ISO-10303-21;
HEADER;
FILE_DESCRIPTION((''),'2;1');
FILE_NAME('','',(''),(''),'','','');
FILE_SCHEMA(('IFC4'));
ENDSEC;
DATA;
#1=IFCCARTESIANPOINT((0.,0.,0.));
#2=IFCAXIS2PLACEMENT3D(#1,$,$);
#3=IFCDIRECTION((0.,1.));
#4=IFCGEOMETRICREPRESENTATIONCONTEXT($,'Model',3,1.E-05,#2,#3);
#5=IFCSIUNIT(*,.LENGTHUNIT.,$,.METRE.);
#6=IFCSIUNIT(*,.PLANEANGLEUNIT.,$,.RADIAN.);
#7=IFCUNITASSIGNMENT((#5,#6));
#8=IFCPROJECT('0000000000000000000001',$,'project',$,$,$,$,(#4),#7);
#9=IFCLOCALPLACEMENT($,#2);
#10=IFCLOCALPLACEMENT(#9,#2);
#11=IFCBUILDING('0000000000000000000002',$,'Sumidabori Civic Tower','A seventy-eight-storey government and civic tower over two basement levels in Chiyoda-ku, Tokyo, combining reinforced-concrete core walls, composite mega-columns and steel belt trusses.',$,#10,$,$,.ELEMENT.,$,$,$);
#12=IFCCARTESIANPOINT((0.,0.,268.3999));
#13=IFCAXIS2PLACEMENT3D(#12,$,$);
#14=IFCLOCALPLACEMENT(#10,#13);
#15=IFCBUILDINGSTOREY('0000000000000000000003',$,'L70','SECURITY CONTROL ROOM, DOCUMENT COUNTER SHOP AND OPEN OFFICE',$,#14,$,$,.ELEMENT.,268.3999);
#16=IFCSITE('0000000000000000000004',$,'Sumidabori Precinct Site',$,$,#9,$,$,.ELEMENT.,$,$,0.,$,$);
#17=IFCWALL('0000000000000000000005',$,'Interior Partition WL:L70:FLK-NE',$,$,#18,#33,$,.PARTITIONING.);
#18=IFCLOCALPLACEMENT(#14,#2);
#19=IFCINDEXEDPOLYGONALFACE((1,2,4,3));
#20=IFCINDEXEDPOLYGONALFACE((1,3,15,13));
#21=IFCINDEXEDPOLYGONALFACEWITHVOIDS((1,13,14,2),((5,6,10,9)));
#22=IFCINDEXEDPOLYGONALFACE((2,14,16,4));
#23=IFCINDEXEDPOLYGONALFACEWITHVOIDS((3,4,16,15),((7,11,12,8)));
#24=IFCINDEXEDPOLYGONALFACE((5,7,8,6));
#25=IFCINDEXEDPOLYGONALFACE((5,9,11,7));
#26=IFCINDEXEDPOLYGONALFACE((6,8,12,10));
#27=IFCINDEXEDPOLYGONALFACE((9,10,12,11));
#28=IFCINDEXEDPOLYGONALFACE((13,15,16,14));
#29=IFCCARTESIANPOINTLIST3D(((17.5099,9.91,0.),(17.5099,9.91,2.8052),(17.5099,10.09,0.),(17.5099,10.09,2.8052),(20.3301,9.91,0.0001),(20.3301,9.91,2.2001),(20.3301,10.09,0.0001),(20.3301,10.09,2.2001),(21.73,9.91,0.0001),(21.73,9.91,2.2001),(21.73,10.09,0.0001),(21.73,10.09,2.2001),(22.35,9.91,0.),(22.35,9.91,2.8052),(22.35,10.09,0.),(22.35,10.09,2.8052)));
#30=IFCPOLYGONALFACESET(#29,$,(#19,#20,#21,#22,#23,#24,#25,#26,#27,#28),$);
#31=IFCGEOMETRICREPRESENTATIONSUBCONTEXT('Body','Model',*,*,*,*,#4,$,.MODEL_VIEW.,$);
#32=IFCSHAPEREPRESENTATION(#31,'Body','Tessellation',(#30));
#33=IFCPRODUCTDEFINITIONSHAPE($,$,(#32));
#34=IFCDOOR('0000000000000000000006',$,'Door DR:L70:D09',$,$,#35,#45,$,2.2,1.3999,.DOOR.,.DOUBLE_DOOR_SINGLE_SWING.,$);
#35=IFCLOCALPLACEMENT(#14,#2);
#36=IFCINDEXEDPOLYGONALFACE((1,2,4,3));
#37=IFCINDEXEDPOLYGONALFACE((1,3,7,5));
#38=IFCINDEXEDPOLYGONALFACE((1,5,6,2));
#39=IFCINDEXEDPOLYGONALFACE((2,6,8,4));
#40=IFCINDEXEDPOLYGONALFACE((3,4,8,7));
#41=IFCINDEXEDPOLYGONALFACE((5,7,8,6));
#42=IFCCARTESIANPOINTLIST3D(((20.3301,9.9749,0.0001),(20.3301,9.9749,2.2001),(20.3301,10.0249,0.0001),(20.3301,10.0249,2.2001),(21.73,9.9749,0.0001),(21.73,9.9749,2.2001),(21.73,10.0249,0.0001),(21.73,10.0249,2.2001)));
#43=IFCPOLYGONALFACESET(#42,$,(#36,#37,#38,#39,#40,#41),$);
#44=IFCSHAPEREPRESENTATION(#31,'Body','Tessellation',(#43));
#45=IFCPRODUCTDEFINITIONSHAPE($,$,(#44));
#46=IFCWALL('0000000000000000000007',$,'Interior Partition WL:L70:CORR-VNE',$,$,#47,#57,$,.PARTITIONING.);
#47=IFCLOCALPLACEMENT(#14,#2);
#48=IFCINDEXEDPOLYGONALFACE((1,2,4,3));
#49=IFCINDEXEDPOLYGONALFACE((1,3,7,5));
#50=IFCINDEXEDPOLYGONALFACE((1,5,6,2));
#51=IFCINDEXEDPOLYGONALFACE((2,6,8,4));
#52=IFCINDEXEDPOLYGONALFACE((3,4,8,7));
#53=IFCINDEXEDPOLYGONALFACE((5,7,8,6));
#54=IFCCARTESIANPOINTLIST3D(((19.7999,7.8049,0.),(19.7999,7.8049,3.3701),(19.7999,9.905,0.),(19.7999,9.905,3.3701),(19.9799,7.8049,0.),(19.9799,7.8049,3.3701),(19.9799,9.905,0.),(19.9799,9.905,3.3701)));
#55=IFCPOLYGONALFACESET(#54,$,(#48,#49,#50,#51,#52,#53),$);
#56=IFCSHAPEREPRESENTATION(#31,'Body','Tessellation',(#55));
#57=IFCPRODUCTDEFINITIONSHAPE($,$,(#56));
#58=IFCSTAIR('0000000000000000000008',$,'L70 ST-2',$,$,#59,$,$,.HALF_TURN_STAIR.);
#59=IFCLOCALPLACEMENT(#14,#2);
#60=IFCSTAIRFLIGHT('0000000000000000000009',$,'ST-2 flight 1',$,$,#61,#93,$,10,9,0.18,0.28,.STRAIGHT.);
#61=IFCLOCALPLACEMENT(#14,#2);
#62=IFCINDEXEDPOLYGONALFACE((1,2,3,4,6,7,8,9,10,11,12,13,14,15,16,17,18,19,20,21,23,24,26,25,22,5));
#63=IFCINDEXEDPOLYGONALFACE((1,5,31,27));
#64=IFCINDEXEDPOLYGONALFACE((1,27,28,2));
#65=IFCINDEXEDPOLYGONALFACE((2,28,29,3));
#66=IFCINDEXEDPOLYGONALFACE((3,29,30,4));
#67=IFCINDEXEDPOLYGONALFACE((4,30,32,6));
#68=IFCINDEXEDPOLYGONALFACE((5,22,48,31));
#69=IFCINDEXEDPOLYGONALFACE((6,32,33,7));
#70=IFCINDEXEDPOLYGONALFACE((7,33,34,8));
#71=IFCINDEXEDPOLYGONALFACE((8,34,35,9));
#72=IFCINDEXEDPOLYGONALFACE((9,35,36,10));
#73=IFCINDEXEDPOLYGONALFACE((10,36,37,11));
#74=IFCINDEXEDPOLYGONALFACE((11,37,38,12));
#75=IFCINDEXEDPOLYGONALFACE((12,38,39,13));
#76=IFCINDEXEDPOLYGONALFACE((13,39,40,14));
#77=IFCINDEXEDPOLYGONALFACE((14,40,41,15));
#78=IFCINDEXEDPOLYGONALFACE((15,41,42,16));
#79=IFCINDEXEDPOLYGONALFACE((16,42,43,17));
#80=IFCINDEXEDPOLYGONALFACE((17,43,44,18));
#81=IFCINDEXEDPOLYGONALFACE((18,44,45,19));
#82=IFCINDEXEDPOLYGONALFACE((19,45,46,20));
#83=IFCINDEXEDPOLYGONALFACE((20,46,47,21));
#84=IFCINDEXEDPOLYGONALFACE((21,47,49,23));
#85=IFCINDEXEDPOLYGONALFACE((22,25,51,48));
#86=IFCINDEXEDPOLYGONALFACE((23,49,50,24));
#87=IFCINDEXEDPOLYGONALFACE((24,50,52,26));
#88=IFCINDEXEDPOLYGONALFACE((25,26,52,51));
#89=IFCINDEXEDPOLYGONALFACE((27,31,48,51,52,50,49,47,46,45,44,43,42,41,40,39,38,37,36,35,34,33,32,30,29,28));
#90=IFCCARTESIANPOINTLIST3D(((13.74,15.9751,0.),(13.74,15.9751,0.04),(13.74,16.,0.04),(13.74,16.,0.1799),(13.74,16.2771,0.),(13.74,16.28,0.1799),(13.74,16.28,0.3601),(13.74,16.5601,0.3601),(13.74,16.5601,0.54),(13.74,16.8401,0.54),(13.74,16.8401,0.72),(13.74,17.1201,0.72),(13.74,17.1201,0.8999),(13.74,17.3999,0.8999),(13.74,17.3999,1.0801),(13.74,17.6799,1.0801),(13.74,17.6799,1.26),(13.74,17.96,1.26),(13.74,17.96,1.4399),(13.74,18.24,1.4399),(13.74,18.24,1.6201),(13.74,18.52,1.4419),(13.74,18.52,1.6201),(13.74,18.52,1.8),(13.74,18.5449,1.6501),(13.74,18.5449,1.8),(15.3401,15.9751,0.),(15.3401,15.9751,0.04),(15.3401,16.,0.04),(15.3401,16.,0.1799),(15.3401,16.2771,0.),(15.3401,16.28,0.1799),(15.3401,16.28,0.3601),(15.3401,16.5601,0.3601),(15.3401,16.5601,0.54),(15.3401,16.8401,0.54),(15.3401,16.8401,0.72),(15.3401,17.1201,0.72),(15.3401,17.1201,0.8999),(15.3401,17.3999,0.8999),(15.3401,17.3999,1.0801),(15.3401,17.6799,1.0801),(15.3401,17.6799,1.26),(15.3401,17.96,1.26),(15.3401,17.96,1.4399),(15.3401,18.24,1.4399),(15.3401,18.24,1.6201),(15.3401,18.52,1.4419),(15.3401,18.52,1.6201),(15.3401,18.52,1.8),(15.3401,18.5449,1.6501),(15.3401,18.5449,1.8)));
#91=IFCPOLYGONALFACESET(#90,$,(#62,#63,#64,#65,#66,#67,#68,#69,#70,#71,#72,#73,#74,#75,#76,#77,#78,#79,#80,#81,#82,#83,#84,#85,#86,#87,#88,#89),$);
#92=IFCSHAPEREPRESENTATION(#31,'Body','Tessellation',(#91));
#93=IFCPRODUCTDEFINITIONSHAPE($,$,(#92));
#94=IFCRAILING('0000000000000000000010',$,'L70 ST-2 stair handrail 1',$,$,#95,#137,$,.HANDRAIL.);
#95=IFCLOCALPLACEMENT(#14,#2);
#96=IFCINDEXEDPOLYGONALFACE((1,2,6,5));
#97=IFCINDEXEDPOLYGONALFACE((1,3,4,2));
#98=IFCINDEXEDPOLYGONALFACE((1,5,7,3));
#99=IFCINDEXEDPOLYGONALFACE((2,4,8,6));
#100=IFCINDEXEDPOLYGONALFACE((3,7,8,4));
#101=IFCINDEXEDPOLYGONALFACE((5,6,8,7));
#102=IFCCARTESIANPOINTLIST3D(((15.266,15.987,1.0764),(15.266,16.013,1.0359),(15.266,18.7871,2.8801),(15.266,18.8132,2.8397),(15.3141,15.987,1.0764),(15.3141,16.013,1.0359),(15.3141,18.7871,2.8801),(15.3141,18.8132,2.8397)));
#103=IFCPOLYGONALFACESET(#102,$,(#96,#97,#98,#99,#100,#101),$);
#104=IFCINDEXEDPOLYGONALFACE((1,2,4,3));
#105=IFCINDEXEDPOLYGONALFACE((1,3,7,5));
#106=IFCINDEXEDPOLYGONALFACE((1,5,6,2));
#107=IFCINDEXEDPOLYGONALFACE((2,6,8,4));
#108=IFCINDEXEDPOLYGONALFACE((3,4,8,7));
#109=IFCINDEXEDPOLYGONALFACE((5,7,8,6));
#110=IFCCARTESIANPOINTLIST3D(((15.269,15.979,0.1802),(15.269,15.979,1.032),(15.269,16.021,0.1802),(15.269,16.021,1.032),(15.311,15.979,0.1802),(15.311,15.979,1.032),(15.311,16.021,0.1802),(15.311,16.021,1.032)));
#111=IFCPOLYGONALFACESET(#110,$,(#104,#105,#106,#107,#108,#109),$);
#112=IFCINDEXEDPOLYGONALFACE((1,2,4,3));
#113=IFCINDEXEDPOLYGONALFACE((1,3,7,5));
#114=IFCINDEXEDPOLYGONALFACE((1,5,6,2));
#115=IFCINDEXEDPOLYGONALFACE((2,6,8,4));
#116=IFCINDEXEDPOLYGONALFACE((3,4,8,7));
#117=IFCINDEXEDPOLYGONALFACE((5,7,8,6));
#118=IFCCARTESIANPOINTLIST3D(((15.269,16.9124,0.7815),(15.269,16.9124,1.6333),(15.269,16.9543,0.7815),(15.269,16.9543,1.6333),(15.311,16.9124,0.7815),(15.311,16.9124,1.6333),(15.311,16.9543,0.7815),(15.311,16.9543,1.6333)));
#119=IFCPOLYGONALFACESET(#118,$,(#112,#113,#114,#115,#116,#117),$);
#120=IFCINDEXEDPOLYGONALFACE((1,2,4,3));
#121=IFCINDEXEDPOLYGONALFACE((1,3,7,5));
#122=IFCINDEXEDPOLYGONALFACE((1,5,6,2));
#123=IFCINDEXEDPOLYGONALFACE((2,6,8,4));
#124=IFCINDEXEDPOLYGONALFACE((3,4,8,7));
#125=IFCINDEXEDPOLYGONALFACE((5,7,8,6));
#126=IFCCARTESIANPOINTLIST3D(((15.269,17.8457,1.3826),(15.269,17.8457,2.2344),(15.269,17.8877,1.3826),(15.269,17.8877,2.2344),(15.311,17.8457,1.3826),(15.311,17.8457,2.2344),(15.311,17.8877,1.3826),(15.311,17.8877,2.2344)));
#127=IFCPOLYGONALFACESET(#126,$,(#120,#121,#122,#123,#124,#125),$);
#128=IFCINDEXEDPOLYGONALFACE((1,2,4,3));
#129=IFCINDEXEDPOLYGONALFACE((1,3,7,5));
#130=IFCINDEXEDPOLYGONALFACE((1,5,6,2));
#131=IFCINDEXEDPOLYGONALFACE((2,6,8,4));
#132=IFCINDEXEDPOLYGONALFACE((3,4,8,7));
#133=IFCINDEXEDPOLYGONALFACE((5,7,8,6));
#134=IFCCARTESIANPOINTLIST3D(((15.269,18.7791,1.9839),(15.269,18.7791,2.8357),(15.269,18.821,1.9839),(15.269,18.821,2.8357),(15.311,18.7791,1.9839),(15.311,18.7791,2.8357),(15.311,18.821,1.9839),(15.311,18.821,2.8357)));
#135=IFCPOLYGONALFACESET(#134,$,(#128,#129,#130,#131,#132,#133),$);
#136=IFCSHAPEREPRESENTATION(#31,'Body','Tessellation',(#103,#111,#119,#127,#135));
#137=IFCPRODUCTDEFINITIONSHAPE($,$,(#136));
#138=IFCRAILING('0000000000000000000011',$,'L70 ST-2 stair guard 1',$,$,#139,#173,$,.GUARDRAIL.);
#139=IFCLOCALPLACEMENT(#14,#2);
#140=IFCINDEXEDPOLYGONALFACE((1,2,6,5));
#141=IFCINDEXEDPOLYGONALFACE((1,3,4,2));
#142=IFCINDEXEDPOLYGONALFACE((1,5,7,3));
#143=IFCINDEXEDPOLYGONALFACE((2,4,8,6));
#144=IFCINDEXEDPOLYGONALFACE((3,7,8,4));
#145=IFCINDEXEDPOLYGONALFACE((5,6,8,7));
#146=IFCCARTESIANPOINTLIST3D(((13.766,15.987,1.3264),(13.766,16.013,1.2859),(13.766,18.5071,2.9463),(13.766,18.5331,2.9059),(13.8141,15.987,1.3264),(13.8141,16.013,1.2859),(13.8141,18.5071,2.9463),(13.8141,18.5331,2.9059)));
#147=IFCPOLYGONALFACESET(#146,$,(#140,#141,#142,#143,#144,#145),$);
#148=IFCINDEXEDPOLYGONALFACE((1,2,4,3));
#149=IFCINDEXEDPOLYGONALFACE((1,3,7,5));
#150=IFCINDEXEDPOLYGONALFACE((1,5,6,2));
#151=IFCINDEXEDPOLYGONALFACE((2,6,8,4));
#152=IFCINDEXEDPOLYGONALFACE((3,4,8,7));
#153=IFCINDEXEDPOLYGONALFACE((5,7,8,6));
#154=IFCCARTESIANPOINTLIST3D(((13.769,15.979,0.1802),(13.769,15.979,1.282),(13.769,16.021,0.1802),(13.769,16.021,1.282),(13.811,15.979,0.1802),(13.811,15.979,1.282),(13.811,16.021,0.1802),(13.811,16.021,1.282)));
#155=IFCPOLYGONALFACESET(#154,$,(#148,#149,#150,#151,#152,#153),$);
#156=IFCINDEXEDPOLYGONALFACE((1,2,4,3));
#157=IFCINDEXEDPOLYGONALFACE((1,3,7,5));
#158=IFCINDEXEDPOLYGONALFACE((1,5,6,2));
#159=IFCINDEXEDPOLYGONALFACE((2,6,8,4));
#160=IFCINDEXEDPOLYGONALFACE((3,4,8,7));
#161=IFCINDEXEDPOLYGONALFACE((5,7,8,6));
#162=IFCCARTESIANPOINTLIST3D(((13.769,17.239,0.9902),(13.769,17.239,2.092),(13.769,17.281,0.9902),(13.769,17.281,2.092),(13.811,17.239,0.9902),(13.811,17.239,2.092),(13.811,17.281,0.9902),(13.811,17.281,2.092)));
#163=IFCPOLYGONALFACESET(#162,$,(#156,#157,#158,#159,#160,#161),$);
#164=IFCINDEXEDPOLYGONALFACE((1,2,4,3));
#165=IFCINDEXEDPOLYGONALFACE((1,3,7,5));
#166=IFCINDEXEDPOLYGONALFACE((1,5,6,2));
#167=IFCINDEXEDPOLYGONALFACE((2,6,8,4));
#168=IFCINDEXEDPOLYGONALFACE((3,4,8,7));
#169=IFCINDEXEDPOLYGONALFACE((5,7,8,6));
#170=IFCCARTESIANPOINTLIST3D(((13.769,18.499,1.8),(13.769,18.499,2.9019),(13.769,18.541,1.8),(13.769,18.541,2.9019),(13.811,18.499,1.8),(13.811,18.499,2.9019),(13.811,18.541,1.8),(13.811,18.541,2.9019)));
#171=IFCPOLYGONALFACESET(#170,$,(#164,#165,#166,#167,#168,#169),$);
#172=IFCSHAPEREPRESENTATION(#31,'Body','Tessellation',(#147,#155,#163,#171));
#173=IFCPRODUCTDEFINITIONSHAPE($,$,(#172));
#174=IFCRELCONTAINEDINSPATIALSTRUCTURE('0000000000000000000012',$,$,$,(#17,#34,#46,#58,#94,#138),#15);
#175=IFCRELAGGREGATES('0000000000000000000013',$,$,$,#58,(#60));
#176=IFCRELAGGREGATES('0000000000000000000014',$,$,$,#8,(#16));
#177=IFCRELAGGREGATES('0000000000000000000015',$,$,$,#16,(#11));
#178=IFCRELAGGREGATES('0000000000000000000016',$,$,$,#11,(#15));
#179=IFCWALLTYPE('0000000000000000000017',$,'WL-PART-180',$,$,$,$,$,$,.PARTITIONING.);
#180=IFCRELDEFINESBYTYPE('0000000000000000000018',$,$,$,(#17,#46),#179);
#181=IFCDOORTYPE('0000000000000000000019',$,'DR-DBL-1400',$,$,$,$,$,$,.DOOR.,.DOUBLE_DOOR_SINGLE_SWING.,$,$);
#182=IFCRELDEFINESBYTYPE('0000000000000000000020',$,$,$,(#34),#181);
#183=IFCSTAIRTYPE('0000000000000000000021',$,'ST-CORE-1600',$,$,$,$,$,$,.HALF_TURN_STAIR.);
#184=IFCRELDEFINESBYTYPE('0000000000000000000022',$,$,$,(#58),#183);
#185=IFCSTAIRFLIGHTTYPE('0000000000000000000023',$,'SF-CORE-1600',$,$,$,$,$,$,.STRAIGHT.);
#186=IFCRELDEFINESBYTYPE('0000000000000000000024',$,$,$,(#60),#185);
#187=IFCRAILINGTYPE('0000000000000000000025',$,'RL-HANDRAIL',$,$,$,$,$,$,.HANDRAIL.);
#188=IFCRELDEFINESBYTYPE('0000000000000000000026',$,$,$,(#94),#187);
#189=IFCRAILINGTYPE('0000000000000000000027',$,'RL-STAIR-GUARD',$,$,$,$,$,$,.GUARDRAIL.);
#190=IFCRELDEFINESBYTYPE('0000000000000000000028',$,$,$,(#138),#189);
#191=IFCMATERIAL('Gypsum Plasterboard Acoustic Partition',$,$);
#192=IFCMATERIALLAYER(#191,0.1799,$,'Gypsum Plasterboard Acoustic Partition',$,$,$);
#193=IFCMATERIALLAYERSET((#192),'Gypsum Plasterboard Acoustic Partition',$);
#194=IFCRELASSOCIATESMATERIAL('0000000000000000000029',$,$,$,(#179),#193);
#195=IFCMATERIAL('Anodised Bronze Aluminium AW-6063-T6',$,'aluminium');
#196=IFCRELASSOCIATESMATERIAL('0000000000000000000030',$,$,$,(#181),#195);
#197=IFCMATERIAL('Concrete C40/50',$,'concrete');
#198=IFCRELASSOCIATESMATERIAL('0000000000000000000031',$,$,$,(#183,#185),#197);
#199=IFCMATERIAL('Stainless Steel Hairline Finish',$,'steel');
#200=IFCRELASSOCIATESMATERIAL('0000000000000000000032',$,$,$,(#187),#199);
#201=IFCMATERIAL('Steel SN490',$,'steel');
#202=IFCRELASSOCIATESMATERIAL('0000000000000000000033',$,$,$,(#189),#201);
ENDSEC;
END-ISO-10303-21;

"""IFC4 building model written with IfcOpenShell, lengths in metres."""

from ifc_helpers import new_model, si_unit, direction, frame, frame_2d, origin, origin_2d, place, context, subcontext, project, spatial, polyline, rectangle, outline, extrude, source, transform, mapped, material, layer, layer_set, type_object, element, fill, aggregate, save


model = new_model("IFC4")

# Units and contexts
model_context = context("Model", 3, precision=1e-05, world=origin(), true_north=direction((0.0, 1.0)))
body_context = subcontext(model_context, "Body", "Model", "MODEL_VIEW")
ifc_project = project(units=[si_unit("LENGTHUNIT", "METRE"), si_unit("PLANEANGLEUNIT", "RADIAN")], contexts=[model_context])

# Site, building, storey
site_placement = place(None, origin())
site = spatial("IfcSite", under=ifc_project, at=site_placement, Name="Sumidabori Precinct Site", CompositionType="ELEMENT", RefElevation=0.0)
building_placement = place(site_placement, origin())
building = spatial("IfcBuilding", under=site, at=building_placement, Name="Sumidabori Civic Tower", Description="A seventy-eight-storey government and civic tower over two basement levels in Chiyoda-ku, Tokyo, combining reinforced-concrete core walls, composite mega-columns and steel belt trusses.", CompositionType="ELEMENT")
storey_placement = place(building_placement, frame((0.0, 0.0, 268.3999)))
storey = spatial("IfcBuildingStorey", under=building, at=storey_placement, Name="L70", Description="SECURITY CONTROL ROOM, DOCUMENT COUNTER SHOP AND OPEN OFFICE", CompositionType="ELEMENT", Elevation=268.3999)

# Shared definitions
ifc_material_1 = material(Name="Steel SN490", Category="steel")

# Shared definitions
ifc_material_2 = material(Name="Anodised Bronze Aluminium AW-6063-T6", Category="aluminium")

# Shared definitions
ifc_material_3 = material(Name="Stainless Steel Hairline Finish", Category="steel")

# Shared definitions
ifc_material_4 = material(Name="Gypsum Plasterboard Acoustic Partition")

# Wall, opening, door
ifc_layer_1 = layer(ifc_material_4, 0.1799, Name="Gypsum Plasterboard Acoustic Partition")
ifc_layer_set_1 = layer_set([ifc_layer_1], Name="Gypsum Plasterboard Acoustic Partition")
wall_type_1 = type_object("IfcWallType", Name="WL-PART-180", PredefinedType="PARTITIONING", material=ifc_layer_set_1)
shared_shape_1 = source(origin(), body_context, "Body", "SweptSolid", [
    extrude(rectangle(XDim=4.8401, YDim=0.1799, at=frame_2d((2.4199, 0.0))), origin(), (0.0, 0.0, 1.0), 2.8052),
])
wall_1_placement = place(storey_placement, frame((17.51, 10.0, 0.0), z_axis=(0.0, 0.0, 1.0), x_axis=(1.0, 0.0, 0.0)))
wall_1 = element("IfcWall", 1, at=wall_1_placement, inside=storey, type_object=wall_type_1, Name="Interior Partition WL:L70:FLK-NE", PredefinedType="PARTITIONING", context=body_context, shape_type="MappedRepresentation", body=[
    mapped(shared_shape_1, transform((0.0, 0.0, 0.0), x_axis=(1.0, 0.0, 0.0), y_axis=(0.0, 1.0, 0.0), z_axis=(0.0, 0.0, 1.0), scale=1.0)),
])
opening_1_placement = place(wall_1_placement, frame((2.8201, 0.0, 0.0)))
opening_1 = element("IfcOpeningElement", 2, at=opening_1_placement, cuts=wall_1, PredefinedType="OPENING", context=body_context, shape_type="SweptSolid", body=[
    extrude(rectangle(XDim=1.3999, YDim=2.2, at=frame_2d((0.7, 1.1001))), frame((0.0, 0.1021, 0.0), z_axis=(0.0, -1.0, 0.0), x_axis=(1.0, 0.0, 0.0)), (0.0, 0.0, 1.0), 0.2039),
])
door_type_1 = type_object("IfcDoorType", Name="DR-DBL-1400", OperationType="DOUBLE_DOOR_SINGLE_SWING", PredefinedType="DOOR", material=ifc_material_2)
shared_shape_2 = source(origin(), body_context, "Body", "SweptSolid", [
    extrude(rectangle(XDim=1.3999, YDim=2.2, at=frame_2d((0.7, 1.1001))), frame((0.0, 0.0249, 0.0), z_axis=(0.0, -1.0, 0.0), x_axis=(1.0, 0.0, 0.0)), (0.0, 0.0, 1.0), 0.05),
])
door_1_placement = place(opening_1_placement, origin())
door_1 = element("IfcDoor", 3, at=door_1_placement, inside=storey, type_object=door_type_1, Name="Door DR:L70:D09", OperationType="DOUBLE_DOOR_SINGLE_SWING", OverallHeight=2.2, OverallWidth=1.3999, PredefinedType="DOOR", context=body_context, shape_type="MappedRepresentation", body=[
    mapped(shared_shape_2, transform((0.0, 0.0, 0.0), x_axis=(1.0, 0.0, 0.0), y_axis=(0.0, 1.0, 0.0), z_axis=(0.0, 0.0, 1.0), scale=1.0)),
])
fill(opening_1, door_1)

# Wall
shared_shape_3 = source(origin(), body_context, "Body", "SweptSolid", [
    extrude(rectangle(XDim=2.1001, YDim=0.1799, at=frame_2d((1.05, 0.0))), origin(), (0.0, 0.0, 1.0), 3.3701),
])
wall_2_placement = place(storey_placement, frame((19.8899, 7.8049, 0.0), z_axis=(0.0, 0.0, 1.0), x_axis=(0.0, 1.0, 0.0)))
element("IfcWall", 4, at=wall_2_placement, inside=storey, type_object=wall_type_1, Name="Interior Partition WL:L70:CORR-VNE", PredefinedType="PARTITIONING", context=body_context, shape_type="MappedRepresentation", body=[
    mapped(shared_shape_3, transform((0.0, 0.0, 0.0), x_axis=(1.0, 0.0, 0.0), y_axis=(0.0, 1.0, 0.0), z_axis=(0.0, 0.0, 1.0), scale=1.0)),
])

# Stair, stair flight
ifc_material_5 = material(Name="Concrete C40/50", Category="concrete")
stair_type = type_object("IfcStairType", Name="ST-CORE-1600", PredefinedType="HALF_TURN_STAIR", material=ifc_material_5)
stair_placement = place(storey_placement, origin())
stair = element("IfcStair", 5, at=stair_placement, inside=storey, type_object=stair_type, Name="L70 ST-2", PredefinedType="HALF_TURN_STAIR")
stair_flight_type = type_object("IfcStairFlightType", Name="SF-CORE-1600", PredefinedType="STRAIGHT", material=ifc_material_5)
shared_shape_4 = source(origin(), body_context, "Body", "SweptSolid", [
    extrude(outline(polyline([(-0.0249, 0.0), (-0.0249, 0.04), (0.0, 0.04), (0.0, 0.1799), (0.28, 0.1799), (0.28, 0.3601), (0.5601, 0.3601), (0.5601, 0.54), (0.8401, 0.54), (0.8401, 0.72), (1.1201, 0.72), (1.1201, 0.8999), (1.3999, 0.8999), (1.3999, 1.0801), (1.6799, 1.0801), (1.6799, 1.26), (1.96, 1.26), (1.96, 1.4399), (2.24, 1.4399), (2.24, 1.6201), (2.52, 1.6201), (2.52, 1.8), (2.5449, 1.8), (2.5449, 1.6501), (2.52, 1.4419), (0.2771, 0.0), (-0.0249, 0.0)])), frame((0.0, 0.8, 0.0), z_axis=(0.0, -1.0, 0.0), x_axis=(1.0, 0.0, 0.0)), (0.0, 0.0, 1.0), 1.6001),
])
stair_flight_placement = place(storey_placement, frame((14.54, 16.0, 0.0), z_axis=(0.0, 0.0, 1.0), x_axis=(0.0, 1.0, 0.0)))
stair_flight = element("IfcStairFlight", 6, at=stair_flight_placement, type_object=stair_flight_type, Name="ST-2 flight 1", NumberOfRisers=10, NumberOfTreads=9, PredefinedType="STRAIGHT", RiserHeight=0.18, TreadLength=0.28, context=body_context, shape_type="MappedRepresentation", body=[
    mapped(shared_shape_4, transform((0.0, 0.0, 0.0), x_axis=(1.0, 0.0, 0.0), y_axis=(0.0, 1.0, 0.0), z_axis=(0.0, 0.0, 1.0), scale=1.0)),
])
aggregate(stair, [stair_flight])

# Railings
railing_type_1 = type_object("IfcRailingType", Name="RL-HANDRAIL", PredefinedType="HANDRAIL", material=ifc_material_3)
railing_1_placement = place(storey_placement, frame((15.29, 16.0, 0.1802)))
element("IfcRailing", 7, at=railing_1_placement, inside=storey, type_object=railing_type_1, Name="L70 ST-2 stair handrail 1", PredefinedType="HANDRAIL", context=body_context, shape_type="SweptSolid", body=[
    extrude(rectangle(XDim=0.0481, YDim=0.0481, at=origin_2d()), frame((0.0, 0.0, 0.876), z_axis=(0.0, 0.840676, 0.541539), x_axis=(-1.0, 0.0, 0.0)), (0.0, 0.0, 1.0), 3.3308),
    extrude(rectangle(XDim=0.042, YDim=0.042, at=origin_2d()), origin(), (0.0, 0.0, 1.0), 0.8518),
    extrude(rectangle(XDim=0.042, YDim=0.042, at=origin_2d()), frame((0.0, 0.9333, 0.6013)), (0.0, 0.0, 1.0), 0.8518),
    extrude(rectangle(XDim=0.042, YDim=0.042, at=origin_2d()), frame((0.0, 1.8667, 1.2024)), (0.0, 0.0, 1.0), 0.8518),
    extrude(rectangle(XDim=0.042, YDim=0.042, at=origin_2d()), frame((0.0, 2.8, 1.8037)), (0.0, 0.0, 1.0), 0.8518),
])
railing_type_2 = type_object("IfcRailingType", Name="RL-STAIR-GUARD", PredefinedType="GUARDRAIL", material=ifc_material_1)
railing_2_placement = place(storey_placement, frame((13.79, 16.0, 0.1802)))
element("IfcRailing", 8, at=railing_2_placement, inside=storey, type_object=railing_type_2, Name="L70 ST-2 stair guard 1", PredefinedType="GUARDRAIL", context=body_context, shape_type="SweptSolid", body=[
    extrude(rectangle(XDim=0.0481, YDim=0.0481, at=origin_2d()), frame((0.0, 0.0, 1.126), z_axis=(0.0, 0.8412, 0.540725), x_axis=(-1.0, 0.0, 0.0)), (0.0, 0.0, 1.0), 2.9958),
    extrude(rectangle(XDim=0.042, YDim=0.042, at=origin_2d()), origin(), (0.0, 0.0, 1.0), 1.1018),
    extrude(rectangle(XDim=0.042, YDim=0.042, at=origin_2d()), frame((0.0, 1.26, 0.8101)), (0.0, 0.0, 1.0), 1.1018),
    extrude(rectangle(XDim=0.042, YDim=0.042, at=origin_2d()), frame((0.0, 2.52, 1.6199)), (0.0, 0.0, 1.0), 1.1018),
])

save(model, "model.ifc")
